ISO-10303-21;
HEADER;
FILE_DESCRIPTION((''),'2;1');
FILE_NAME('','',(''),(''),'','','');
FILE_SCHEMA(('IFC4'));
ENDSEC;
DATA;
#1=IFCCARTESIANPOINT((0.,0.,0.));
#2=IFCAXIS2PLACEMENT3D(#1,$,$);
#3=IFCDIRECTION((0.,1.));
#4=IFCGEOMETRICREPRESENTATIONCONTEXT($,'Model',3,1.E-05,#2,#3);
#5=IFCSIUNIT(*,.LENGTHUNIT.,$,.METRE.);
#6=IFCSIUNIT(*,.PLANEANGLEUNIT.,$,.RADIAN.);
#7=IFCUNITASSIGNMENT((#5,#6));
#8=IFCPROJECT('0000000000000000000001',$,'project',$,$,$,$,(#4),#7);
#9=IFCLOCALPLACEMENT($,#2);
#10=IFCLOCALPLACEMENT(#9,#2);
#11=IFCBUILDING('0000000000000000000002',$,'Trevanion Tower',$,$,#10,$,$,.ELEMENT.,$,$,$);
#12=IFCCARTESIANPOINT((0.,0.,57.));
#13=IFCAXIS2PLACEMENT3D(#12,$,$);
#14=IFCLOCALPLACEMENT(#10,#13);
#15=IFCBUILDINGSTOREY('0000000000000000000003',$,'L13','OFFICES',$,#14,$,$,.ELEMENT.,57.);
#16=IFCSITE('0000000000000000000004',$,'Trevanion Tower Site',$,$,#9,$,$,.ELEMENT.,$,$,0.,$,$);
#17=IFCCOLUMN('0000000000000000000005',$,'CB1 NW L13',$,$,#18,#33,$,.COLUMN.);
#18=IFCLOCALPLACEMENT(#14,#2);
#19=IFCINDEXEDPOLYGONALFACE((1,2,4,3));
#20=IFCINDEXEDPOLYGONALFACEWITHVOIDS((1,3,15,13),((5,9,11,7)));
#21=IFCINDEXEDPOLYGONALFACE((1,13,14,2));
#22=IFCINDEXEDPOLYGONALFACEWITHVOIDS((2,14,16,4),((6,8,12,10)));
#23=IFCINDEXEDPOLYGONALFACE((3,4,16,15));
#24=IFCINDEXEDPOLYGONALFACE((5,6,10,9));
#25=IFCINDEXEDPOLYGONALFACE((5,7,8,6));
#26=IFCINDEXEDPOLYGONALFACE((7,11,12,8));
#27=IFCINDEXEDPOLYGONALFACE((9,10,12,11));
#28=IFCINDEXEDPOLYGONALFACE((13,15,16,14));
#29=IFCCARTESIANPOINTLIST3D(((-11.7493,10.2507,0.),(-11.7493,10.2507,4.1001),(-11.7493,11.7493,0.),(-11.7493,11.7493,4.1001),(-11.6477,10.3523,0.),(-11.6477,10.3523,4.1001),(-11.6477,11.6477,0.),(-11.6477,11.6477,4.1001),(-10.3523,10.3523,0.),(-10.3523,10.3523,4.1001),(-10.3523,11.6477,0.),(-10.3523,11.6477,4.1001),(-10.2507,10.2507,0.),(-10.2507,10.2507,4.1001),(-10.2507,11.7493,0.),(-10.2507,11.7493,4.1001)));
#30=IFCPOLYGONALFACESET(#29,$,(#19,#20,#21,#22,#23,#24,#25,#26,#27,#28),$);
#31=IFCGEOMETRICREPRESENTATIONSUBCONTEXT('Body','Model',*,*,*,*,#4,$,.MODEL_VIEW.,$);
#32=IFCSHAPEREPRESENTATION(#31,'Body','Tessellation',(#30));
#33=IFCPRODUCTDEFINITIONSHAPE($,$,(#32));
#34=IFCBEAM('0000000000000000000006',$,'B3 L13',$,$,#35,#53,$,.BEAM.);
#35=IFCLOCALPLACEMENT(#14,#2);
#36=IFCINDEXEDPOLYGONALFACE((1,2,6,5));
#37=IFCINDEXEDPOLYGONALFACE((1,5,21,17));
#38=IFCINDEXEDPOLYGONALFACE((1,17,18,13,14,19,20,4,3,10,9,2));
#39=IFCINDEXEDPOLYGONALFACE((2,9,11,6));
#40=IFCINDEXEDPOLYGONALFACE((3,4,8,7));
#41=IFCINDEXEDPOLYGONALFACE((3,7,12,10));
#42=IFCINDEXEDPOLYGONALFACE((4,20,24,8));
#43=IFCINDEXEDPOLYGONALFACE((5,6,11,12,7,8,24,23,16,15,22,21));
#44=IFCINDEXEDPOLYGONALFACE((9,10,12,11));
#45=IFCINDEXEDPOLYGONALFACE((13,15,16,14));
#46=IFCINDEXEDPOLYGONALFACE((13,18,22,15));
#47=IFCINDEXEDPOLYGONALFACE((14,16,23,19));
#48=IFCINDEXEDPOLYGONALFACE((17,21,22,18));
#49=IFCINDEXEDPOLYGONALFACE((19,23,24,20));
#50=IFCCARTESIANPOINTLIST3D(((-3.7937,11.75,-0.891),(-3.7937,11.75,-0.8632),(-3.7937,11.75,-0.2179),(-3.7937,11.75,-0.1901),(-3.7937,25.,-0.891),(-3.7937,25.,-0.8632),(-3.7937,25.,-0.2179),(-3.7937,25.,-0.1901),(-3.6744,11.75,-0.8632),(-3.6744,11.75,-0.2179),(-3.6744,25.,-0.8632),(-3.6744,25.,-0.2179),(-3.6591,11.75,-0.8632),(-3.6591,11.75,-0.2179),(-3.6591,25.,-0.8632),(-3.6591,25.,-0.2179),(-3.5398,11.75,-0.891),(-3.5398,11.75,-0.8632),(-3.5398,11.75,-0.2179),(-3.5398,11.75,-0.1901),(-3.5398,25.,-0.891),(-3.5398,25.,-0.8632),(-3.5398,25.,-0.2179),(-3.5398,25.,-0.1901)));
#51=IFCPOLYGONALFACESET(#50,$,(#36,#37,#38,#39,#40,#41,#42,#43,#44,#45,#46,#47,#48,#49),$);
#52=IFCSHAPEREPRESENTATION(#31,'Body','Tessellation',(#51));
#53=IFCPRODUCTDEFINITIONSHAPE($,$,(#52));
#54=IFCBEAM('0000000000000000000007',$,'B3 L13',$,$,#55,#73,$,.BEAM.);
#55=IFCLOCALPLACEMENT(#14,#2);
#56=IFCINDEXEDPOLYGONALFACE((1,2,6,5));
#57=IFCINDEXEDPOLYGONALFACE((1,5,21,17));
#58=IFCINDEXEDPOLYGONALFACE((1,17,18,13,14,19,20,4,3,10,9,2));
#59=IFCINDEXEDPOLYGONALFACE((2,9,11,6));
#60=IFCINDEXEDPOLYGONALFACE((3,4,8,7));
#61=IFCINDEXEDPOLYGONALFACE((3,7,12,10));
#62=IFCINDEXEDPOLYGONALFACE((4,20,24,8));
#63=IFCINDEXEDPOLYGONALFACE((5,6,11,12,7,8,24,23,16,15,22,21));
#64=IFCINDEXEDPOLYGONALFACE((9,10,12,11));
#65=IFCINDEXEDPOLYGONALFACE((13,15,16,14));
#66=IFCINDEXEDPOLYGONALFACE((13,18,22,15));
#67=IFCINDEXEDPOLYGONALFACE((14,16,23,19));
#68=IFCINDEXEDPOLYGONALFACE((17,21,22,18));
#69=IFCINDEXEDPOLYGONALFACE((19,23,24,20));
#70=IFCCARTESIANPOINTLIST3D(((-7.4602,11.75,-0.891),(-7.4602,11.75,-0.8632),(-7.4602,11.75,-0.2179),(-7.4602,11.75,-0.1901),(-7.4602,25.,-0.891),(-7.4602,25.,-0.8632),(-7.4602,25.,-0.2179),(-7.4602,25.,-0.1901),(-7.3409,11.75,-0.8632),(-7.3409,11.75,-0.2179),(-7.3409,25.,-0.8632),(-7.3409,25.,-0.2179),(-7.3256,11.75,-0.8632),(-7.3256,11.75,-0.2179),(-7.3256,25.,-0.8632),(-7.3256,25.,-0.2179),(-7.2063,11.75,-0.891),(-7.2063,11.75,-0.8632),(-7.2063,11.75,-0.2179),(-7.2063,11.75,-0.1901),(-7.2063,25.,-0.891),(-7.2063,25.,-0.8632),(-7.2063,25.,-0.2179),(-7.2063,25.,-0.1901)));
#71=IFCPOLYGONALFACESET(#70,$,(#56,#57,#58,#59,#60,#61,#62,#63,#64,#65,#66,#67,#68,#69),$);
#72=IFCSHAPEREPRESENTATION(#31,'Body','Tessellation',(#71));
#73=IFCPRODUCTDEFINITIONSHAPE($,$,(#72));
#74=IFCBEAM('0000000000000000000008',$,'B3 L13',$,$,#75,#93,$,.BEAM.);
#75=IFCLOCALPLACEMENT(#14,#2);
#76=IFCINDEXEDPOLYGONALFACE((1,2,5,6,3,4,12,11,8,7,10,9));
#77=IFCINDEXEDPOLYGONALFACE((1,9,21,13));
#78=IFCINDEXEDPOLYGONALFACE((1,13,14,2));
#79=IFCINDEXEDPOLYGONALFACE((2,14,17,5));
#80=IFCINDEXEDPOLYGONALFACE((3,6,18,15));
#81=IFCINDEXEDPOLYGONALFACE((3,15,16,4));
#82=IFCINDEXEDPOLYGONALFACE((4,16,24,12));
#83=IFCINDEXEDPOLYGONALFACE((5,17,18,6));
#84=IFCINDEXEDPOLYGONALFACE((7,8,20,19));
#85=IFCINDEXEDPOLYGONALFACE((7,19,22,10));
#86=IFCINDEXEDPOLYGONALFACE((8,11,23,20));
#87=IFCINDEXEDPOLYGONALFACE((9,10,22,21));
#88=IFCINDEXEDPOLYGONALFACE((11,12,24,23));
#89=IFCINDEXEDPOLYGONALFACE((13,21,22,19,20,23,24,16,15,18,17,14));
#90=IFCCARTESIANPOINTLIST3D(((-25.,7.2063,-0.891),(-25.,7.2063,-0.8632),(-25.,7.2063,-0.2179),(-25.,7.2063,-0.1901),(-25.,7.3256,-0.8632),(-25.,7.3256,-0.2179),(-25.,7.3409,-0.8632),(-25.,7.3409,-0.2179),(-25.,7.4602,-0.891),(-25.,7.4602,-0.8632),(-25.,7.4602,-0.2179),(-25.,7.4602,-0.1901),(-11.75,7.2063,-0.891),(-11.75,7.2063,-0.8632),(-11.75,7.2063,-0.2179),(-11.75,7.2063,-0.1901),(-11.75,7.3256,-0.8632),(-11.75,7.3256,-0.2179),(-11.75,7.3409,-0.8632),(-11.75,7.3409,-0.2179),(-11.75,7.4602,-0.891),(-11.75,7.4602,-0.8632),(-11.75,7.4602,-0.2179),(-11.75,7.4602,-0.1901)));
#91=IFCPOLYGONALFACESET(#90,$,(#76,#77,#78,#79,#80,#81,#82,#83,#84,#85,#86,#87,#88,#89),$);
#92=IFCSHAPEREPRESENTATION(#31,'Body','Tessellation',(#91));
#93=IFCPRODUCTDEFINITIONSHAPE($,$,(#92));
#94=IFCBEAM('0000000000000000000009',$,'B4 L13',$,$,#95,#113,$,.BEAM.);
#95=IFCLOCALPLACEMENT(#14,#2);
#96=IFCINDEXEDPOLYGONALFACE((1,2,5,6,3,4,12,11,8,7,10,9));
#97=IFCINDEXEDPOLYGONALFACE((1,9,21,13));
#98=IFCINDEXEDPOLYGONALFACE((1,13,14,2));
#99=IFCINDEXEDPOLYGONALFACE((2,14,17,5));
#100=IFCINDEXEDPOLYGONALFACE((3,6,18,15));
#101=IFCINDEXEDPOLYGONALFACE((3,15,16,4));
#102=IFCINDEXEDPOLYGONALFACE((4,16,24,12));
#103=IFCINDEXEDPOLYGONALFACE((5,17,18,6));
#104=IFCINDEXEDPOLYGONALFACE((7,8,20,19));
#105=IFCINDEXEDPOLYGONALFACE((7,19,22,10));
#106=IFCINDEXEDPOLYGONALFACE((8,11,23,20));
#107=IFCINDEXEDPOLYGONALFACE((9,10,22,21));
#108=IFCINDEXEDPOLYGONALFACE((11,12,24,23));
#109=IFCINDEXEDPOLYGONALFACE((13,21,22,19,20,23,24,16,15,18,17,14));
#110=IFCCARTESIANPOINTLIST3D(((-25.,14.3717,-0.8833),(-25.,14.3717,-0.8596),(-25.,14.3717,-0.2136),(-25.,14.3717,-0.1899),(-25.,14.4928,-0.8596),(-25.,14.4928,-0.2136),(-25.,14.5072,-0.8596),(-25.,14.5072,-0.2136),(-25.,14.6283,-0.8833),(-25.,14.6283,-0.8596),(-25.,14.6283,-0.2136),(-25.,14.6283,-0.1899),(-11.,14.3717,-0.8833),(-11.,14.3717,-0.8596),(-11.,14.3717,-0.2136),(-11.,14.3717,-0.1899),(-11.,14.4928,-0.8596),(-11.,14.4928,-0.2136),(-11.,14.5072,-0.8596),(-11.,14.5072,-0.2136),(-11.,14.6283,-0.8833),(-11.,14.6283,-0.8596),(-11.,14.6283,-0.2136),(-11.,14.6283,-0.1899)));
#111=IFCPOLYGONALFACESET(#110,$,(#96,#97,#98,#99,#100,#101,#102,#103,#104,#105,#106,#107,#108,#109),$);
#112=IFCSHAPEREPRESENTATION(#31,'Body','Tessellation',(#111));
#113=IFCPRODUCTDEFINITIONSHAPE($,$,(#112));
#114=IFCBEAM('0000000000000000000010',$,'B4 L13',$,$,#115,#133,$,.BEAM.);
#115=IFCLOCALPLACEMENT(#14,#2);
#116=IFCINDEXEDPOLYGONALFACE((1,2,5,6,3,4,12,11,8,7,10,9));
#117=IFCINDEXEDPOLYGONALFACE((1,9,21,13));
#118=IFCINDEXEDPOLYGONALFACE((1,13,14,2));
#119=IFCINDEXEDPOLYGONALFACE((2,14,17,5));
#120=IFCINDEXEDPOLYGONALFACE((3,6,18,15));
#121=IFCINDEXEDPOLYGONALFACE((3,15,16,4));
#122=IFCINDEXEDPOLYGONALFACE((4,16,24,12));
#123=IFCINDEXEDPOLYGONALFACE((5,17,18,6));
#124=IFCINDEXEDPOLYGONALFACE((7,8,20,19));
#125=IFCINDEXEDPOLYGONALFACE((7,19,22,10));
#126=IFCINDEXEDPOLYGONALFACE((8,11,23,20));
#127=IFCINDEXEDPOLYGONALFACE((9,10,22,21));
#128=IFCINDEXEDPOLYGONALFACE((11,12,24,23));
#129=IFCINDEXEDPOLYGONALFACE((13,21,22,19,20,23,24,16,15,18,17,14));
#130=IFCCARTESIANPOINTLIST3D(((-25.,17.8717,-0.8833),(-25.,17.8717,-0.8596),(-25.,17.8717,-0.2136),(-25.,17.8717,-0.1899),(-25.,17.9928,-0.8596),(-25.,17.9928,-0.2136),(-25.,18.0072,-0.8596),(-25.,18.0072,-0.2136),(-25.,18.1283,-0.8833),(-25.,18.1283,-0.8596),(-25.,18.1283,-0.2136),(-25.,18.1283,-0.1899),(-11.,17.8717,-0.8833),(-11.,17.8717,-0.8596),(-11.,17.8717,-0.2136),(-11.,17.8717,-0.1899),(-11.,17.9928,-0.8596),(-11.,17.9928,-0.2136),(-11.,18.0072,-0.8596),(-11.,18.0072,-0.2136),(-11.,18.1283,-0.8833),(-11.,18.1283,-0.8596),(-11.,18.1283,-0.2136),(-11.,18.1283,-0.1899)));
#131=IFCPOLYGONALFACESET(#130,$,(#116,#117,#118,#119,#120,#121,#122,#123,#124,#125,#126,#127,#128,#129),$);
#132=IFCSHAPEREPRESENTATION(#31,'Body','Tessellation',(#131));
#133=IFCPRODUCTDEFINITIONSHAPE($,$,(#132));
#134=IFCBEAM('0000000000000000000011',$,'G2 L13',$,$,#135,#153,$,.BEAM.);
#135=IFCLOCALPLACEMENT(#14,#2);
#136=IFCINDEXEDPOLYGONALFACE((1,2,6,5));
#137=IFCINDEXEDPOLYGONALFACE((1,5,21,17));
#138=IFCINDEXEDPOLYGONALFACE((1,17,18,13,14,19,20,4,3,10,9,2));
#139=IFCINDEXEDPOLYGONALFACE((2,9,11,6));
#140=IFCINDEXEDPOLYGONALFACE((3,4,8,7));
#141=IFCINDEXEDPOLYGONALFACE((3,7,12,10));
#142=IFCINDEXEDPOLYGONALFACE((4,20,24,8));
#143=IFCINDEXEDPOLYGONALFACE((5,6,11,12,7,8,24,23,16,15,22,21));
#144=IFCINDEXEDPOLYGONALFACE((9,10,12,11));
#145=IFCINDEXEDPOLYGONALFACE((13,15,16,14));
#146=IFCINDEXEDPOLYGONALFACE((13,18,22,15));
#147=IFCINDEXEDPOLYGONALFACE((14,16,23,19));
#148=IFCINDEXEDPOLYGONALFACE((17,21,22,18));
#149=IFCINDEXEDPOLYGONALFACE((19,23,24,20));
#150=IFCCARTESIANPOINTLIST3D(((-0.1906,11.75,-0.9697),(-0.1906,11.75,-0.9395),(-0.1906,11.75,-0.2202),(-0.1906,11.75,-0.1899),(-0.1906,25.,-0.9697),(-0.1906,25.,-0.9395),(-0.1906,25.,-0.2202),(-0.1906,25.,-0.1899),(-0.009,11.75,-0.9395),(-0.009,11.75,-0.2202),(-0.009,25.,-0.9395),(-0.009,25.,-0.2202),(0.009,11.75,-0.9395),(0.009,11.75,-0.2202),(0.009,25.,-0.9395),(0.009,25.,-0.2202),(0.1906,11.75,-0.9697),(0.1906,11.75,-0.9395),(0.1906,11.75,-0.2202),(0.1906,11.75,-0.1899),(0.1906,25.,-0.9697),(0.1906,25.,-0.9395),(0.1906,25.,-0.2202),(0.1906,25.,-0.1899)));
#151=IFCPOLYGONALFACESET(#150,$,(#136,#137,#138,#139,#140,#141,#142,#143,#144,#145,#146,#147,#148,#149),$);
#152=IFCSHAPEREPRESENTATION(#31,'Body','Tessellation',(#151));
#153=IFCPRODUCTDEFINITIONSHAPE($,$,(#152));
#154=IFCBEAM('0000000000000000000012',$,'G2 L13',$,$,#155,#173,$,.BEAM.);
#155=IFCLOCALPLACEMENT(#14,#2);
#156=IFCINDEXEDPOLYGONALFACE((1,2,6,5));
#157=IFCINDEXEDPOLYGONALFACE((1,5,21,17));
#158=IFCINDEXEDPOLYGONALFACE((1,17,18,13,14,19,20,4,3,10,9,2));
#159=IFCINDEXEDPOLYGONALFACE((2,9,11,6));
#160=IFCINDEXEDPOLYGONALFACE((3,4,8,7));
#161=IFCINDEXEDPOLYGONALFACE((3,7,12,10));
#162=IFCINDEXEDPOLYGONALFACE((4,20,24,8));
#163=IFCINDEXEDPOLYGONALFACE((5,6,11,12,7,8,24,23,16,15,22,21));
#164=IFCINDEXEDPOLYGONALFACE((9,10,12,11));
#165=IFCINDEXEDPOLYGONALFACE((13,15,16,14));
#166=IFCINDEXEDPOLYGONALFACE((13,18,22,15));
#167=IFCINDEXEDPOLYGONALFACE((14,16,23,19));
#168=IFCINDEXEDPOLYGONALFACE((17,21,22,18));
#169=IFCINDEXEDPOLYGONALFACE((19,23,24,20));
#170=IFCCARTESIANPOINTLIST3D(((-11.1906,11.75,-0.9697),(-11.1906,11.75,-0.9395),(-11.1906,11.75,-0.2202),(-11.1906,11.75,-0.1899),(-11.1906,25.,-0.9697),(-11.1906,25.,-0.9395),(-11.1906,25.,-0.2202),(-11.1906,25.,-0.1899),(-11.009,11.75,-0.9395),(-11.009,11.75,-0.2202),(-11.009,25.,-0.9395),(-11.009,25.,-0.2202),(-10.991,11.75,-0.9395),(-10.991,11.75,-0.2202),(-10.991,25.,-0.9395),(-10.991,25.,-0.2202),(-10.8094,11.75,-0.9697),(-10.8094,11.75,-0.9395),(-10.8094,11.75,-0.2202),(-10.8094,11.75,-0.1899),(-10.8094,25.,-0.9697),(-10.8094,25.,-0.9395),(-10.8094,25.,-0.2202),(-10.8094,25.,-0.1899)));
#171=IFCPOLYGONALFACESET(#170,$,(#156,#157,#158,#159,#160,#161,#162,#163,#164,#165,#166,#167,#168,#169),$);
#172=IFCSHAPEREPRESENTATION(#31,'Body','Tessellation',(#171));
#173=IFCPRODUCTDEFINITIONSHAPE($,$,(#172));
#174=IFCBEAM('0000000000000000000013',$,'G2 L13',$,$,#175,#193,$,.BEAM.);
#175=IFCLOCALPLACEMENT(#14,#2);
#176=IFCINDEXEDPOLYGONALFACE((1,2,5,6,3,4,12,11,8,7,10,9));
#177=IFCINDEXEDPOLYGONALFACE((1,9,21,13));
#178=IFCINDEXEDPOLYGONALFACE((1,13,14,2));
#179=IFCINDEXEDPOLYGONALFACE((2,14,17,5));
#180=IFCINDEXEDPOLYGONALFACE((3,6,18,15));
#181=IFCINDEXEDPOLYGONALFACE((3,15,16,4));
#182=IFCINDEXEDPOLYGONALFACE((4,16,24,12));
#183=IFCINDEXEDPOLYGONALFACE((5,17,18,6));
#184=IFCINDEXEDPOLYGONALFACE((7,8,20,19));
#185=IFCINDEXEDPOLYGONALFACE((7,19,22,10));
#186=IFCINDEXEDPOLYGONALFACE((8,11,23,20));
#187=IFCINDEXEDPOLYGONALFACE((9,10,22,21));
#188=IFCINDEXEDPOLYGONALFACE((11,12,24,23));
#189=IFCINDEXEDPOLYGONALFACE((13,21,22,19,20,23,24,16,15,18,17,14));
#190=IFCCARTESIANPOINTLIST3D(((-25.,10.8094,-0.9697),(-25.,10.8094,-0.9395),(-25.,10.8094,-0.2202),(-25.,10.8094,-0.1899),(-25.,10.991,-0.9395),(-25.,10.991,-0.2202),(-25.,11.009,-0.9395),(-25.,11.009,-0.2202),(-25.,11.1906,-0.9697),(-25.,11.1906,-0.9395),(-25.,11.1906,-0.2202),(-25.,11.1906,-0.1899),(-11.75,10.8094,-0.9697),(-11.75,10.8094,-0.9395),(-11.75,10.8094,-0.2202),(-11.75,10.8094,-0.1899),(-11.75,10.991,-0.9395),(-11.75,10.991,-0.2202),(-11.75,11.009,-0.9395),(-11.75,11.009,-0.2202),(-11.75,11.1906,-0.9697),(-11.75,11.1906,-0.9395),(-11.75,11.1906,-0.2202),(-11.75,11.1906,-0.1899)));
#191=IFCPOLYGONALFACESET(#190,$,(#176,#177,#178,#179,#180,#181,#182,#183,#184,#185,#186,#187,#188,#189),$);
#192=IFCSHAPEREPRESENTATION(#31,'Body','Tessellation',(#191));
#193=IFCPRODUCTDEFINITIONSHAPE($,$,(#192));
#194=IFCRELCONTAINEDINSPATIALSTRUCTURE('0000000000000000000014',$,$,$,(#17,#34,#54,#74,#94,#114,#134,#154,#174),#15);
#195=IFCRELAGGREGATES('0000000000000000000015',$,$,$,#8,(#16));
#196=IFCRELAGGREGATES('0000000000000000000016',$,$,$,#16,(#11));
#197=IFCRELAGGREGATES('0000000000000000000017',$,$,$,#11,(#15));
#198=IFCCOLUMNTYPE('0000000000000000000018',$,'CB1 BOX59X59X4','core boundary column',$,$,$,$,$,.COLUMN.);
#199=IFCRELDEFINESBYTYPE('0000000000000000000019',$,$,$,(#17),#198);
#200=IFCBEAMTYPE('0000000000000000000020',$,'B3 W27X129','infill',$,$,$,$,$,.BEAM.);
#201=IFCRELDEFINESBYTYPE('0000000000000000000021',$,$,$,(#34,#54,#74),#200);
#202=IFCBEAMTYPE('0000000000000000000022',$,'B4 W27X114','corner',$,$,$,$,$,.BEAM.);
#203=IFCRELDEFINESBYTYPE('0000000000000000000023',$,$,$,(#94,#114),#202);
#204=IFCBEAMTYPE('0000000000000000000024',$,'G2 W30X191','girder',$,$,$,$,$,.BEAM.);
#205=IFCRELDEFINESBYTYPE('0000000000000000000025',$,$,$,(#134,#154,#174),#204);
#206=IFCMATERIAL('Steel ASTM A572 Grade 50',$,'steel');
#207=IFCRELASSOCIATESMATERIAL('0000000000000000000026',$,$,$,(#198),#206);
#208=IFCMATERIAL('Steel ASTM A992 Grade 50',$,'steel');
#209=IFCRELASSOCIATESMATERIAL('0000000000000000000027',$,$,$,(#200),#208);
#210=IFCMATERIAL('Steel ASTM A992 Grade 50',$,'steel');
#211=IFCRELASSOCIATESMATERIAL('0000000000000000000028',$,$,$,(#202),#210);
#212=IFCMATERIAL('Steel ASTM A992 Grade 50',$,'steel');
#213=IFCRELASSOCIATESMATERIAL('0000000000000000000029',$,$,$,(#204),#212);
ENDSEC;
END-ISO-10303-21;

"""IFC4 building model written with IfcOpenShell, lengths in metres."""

from ifc_helpers import new_model, si_unit, direction, frame, origin, origin_2d, place, context, subcontext, project, spatial, hollow_rectangle, i_section, extrude, material, material_profile, profile_set, type_object, element, save


model = new_model("IFC4")

# Units and contexts
model_context = context("Model", 3, precision=1e-05, world=origin(), true_north=direction((0.0, 1.0)))
body_context = subcontext(model_context, "Body", "Model", "MODEL_VIEW")
ifc_project = project(units=[si_unit("LENGTHUNIT", "METRE"), si_unit("PLANEANGLEUNIT", "RADIAN")], contexts=[model_context])

# Site, building, storey
site_placement = place(None, origin())
site = spatial("IfcSite", under=ifc_project, at=site_placement, Name="Trevanion Tower Site", CompositionType="ELEMENT", RefElevation=0.0)
building_placement = place(site_placement, origin())
building = spatial("IfcBuilding", under=site, at=building_placement, Name="Trevanion Tower", CompositionType="ELEMENT")
storey_placement = place(building_placement, frame((0.0, 0.0, 57.0)))
storey = spatial("IfcBuildingStorey", under=building, at=storey_placement, Name="L13", Description="OFFICES", CompositionType="ELEMENT", Elevation=57.0)

# Column
ifc_material_1 = material(Name="Steel ASTM A572 Grade 50", Category="steel")
ifc_material_profile_1 = material_profile(ifc_material_1, hollow_rectangle(XDim=1.4985, YDim=1.4985, WallThickness=0.1016, at=origin_2d()), Name="BOX59X59X4")
ifc_profile_set_1 = profile_set([ifc_material_profile_1], Name="Steel ASTM A572 Grade 50")
column_type = type_object("IfcColumnType", Name="CB1 BOX59X59X4", Description="core boundary column", PredefinedType="COLUMN", material=ifc_profile_set_1)
column_placement = place(storey_placement, frame((-11.0, 11.0, 0.0), z_axis=(0.0, 0.0, 1.0), x_axis=(1.0, 0.0, 0.0)))
element("IfcColumn", 1, at=column_placement, inside=storey, type_object=column_type, Name="CB1 NW L13", PredefinedType="COLUMN", context=body_context, shape_type="SweptSolid", body=[
    extrude(hollow_rectangle(XDim=1.4985, YDim=1.4985, WallThickness=0.1016, at=origin_2d()), origin(), (0.0, 0.0, 1.0), 4.1001),
])

# Beams
ifc_material_2 = material(Name="Steel ASTM A992 Grade 50", Category="steel")
ifc_material_profile_2 = material_profile(ifc_material_2, i_section(OverallWidth=0.2539, OverallDepth=0.7009, WebThickness=0.0154, FlangeThickness=0.0278, at=origin_2d()), Name="W27X129")
ifc_profile_set_2 = profile_set([ifc_material_profile_2], Name="Steel ASTM A992 Grade 50")
beam_type_1 = type_object("IfcBeamType", Name="B3 W27X129", Description="infill", PredefinedType="BEAM", material=ifc_profile_set_2)
for number, where, z_axis, x_axis, name in (
    (2, (-3.6667, 11.75, -0.5405), (0.0, 1.0, 0.0), (-1.0, 0.0, 0.0), "B3 L13"),
    (3, (-7.3333, 11.75, -0.5405), (0.0, 1.0, 0.0), (-1.0, 0.0, 0.0), "B3 L13"),
    (4, (-11.75, 7.3333, -0.5405), (-1.0, 0.0, 0.0), (0.0, -1.0, 0.0), "B3 L13"),
):
    element("IfcBeam", number, at=place(storey_placement, frame(where, z_axis=z_axis, x_axis=x_axis)), inside=storey, type_object=beam_type_1, Name=name, PredefinedType="BEAM", context=body_context, shape_type="SweptSolid", body=[
        extrude(i_section(OverallWidth=0.2539, OverallDepth=0.7009, WebThickness=0.0154, FlangeThickness=0.0278, at=origin_2d()), origin(), (0.0, 0.0, 1.0), 13.25),
    ])
ifc_material_3 = material(Name="Steel ASTM A992 Grade 50", Category="steel")
ifc_material_profile_3 = material_profile(ifc_material_3, i_section(OverallWidth=0.2566, OverallDepth=0.6934, WebThickness=0.0144, FlangeThickness=0.0237, at=origin_2d()), Name="W27X114")
ifc_profile_set_3 = profile_set([ifc_material_profile_3], Name="Steel ASTM A992 Grade 50")
beam_type_2 = type_object("IfcBeamType", Name="B4 W27X114", Description="corner", PredefinedType="BEAM", material=ifc_profile_set_3)
for number, where, z_axis, x_axis, name in (
    (5, (-11.0, 14.5, -0.5366), (-1.0, 0.0, 0.0), (0.0, -1.0, 0.0), "B4 L13"),
    (6, (-11.0, 18.0, -0.5366), (-1.0, 0.0, 0.0), (0.0, -1.0, 0.0), "B4 L13"),
):
    element("IfcBeam", number, at=place(storey_placement, frame(where, z_axis=z_axis, x_axis=x_axis)), inside=storey, type_object=beam_type_2, Name=name, PredefinedType="BEAM", context=body_context, shape_type="SweptSolid", body=[
        extrude(i_section(OverallWidth=0.2566, OverallDepth=0.6934, WebThickness=0.0144, FlangeThickness=0.0237, at=origin_2d()), origin(), (0.0, 0.0, 1.0), 14.0),
    ])
ifc_material_4 = material(Name="Steel ASTM A992 Grade 50", Category="steel")
ifc_material_profile_4 = material_profile(ifc_material_4, i_section(OverallWidth=0.3811, OverallDepth=0.7798, WebThickness=0.0181, FlangeThickness=0.0303, at=origin_2d()), Name="W30X191")
ifc_profile_set_4 = profile_set([ifc_material_profile_4], Name="Steel ASTM A992 Grade 50")
beam_type_3 = type_object("IfcBeamType", Name="G2 W30X191", Description="girder", PredefinedType="BEAM", material=ifc_profile_set_4)
for number, where, z_axis, x_axis, name in (
    (7, (0.0, 11.75, -0.5798), (0.0, 1.0, 0.0), (-1.0, 0.0, 0.0), "G2 L13"),
    (8, (-11.0, 11.75, -0.5798), (0.0, 1.0, 0.0), (-1.0, 0.0, 0.0), "G2 L13"),
    (9, (-11.75, 11.0, -0.5798), (-1.0, 0.0, 0.0), (0.0, -1.0, 0.0), "G2 L13"),
):
    element("IfcBeam", number, at=place(storey_placement, frame(where, z_axis=z_axis, x_axis=x_axis)), inside=storey, type_object=beam_type_3, Name=name, PredefinedType="BEAM", context=body_context, shape_type="SweptSolid", body=[
        extrude(i_section(OverallWidth=0.3811, OverallDepth=0.7798, WebThickness=0.0181, FlangeThickness=0.0303, at=origin_2d()), origin(), (0.0, 0.0, 1.0), 13.25),
    ])

save(model, "model.ifc")
